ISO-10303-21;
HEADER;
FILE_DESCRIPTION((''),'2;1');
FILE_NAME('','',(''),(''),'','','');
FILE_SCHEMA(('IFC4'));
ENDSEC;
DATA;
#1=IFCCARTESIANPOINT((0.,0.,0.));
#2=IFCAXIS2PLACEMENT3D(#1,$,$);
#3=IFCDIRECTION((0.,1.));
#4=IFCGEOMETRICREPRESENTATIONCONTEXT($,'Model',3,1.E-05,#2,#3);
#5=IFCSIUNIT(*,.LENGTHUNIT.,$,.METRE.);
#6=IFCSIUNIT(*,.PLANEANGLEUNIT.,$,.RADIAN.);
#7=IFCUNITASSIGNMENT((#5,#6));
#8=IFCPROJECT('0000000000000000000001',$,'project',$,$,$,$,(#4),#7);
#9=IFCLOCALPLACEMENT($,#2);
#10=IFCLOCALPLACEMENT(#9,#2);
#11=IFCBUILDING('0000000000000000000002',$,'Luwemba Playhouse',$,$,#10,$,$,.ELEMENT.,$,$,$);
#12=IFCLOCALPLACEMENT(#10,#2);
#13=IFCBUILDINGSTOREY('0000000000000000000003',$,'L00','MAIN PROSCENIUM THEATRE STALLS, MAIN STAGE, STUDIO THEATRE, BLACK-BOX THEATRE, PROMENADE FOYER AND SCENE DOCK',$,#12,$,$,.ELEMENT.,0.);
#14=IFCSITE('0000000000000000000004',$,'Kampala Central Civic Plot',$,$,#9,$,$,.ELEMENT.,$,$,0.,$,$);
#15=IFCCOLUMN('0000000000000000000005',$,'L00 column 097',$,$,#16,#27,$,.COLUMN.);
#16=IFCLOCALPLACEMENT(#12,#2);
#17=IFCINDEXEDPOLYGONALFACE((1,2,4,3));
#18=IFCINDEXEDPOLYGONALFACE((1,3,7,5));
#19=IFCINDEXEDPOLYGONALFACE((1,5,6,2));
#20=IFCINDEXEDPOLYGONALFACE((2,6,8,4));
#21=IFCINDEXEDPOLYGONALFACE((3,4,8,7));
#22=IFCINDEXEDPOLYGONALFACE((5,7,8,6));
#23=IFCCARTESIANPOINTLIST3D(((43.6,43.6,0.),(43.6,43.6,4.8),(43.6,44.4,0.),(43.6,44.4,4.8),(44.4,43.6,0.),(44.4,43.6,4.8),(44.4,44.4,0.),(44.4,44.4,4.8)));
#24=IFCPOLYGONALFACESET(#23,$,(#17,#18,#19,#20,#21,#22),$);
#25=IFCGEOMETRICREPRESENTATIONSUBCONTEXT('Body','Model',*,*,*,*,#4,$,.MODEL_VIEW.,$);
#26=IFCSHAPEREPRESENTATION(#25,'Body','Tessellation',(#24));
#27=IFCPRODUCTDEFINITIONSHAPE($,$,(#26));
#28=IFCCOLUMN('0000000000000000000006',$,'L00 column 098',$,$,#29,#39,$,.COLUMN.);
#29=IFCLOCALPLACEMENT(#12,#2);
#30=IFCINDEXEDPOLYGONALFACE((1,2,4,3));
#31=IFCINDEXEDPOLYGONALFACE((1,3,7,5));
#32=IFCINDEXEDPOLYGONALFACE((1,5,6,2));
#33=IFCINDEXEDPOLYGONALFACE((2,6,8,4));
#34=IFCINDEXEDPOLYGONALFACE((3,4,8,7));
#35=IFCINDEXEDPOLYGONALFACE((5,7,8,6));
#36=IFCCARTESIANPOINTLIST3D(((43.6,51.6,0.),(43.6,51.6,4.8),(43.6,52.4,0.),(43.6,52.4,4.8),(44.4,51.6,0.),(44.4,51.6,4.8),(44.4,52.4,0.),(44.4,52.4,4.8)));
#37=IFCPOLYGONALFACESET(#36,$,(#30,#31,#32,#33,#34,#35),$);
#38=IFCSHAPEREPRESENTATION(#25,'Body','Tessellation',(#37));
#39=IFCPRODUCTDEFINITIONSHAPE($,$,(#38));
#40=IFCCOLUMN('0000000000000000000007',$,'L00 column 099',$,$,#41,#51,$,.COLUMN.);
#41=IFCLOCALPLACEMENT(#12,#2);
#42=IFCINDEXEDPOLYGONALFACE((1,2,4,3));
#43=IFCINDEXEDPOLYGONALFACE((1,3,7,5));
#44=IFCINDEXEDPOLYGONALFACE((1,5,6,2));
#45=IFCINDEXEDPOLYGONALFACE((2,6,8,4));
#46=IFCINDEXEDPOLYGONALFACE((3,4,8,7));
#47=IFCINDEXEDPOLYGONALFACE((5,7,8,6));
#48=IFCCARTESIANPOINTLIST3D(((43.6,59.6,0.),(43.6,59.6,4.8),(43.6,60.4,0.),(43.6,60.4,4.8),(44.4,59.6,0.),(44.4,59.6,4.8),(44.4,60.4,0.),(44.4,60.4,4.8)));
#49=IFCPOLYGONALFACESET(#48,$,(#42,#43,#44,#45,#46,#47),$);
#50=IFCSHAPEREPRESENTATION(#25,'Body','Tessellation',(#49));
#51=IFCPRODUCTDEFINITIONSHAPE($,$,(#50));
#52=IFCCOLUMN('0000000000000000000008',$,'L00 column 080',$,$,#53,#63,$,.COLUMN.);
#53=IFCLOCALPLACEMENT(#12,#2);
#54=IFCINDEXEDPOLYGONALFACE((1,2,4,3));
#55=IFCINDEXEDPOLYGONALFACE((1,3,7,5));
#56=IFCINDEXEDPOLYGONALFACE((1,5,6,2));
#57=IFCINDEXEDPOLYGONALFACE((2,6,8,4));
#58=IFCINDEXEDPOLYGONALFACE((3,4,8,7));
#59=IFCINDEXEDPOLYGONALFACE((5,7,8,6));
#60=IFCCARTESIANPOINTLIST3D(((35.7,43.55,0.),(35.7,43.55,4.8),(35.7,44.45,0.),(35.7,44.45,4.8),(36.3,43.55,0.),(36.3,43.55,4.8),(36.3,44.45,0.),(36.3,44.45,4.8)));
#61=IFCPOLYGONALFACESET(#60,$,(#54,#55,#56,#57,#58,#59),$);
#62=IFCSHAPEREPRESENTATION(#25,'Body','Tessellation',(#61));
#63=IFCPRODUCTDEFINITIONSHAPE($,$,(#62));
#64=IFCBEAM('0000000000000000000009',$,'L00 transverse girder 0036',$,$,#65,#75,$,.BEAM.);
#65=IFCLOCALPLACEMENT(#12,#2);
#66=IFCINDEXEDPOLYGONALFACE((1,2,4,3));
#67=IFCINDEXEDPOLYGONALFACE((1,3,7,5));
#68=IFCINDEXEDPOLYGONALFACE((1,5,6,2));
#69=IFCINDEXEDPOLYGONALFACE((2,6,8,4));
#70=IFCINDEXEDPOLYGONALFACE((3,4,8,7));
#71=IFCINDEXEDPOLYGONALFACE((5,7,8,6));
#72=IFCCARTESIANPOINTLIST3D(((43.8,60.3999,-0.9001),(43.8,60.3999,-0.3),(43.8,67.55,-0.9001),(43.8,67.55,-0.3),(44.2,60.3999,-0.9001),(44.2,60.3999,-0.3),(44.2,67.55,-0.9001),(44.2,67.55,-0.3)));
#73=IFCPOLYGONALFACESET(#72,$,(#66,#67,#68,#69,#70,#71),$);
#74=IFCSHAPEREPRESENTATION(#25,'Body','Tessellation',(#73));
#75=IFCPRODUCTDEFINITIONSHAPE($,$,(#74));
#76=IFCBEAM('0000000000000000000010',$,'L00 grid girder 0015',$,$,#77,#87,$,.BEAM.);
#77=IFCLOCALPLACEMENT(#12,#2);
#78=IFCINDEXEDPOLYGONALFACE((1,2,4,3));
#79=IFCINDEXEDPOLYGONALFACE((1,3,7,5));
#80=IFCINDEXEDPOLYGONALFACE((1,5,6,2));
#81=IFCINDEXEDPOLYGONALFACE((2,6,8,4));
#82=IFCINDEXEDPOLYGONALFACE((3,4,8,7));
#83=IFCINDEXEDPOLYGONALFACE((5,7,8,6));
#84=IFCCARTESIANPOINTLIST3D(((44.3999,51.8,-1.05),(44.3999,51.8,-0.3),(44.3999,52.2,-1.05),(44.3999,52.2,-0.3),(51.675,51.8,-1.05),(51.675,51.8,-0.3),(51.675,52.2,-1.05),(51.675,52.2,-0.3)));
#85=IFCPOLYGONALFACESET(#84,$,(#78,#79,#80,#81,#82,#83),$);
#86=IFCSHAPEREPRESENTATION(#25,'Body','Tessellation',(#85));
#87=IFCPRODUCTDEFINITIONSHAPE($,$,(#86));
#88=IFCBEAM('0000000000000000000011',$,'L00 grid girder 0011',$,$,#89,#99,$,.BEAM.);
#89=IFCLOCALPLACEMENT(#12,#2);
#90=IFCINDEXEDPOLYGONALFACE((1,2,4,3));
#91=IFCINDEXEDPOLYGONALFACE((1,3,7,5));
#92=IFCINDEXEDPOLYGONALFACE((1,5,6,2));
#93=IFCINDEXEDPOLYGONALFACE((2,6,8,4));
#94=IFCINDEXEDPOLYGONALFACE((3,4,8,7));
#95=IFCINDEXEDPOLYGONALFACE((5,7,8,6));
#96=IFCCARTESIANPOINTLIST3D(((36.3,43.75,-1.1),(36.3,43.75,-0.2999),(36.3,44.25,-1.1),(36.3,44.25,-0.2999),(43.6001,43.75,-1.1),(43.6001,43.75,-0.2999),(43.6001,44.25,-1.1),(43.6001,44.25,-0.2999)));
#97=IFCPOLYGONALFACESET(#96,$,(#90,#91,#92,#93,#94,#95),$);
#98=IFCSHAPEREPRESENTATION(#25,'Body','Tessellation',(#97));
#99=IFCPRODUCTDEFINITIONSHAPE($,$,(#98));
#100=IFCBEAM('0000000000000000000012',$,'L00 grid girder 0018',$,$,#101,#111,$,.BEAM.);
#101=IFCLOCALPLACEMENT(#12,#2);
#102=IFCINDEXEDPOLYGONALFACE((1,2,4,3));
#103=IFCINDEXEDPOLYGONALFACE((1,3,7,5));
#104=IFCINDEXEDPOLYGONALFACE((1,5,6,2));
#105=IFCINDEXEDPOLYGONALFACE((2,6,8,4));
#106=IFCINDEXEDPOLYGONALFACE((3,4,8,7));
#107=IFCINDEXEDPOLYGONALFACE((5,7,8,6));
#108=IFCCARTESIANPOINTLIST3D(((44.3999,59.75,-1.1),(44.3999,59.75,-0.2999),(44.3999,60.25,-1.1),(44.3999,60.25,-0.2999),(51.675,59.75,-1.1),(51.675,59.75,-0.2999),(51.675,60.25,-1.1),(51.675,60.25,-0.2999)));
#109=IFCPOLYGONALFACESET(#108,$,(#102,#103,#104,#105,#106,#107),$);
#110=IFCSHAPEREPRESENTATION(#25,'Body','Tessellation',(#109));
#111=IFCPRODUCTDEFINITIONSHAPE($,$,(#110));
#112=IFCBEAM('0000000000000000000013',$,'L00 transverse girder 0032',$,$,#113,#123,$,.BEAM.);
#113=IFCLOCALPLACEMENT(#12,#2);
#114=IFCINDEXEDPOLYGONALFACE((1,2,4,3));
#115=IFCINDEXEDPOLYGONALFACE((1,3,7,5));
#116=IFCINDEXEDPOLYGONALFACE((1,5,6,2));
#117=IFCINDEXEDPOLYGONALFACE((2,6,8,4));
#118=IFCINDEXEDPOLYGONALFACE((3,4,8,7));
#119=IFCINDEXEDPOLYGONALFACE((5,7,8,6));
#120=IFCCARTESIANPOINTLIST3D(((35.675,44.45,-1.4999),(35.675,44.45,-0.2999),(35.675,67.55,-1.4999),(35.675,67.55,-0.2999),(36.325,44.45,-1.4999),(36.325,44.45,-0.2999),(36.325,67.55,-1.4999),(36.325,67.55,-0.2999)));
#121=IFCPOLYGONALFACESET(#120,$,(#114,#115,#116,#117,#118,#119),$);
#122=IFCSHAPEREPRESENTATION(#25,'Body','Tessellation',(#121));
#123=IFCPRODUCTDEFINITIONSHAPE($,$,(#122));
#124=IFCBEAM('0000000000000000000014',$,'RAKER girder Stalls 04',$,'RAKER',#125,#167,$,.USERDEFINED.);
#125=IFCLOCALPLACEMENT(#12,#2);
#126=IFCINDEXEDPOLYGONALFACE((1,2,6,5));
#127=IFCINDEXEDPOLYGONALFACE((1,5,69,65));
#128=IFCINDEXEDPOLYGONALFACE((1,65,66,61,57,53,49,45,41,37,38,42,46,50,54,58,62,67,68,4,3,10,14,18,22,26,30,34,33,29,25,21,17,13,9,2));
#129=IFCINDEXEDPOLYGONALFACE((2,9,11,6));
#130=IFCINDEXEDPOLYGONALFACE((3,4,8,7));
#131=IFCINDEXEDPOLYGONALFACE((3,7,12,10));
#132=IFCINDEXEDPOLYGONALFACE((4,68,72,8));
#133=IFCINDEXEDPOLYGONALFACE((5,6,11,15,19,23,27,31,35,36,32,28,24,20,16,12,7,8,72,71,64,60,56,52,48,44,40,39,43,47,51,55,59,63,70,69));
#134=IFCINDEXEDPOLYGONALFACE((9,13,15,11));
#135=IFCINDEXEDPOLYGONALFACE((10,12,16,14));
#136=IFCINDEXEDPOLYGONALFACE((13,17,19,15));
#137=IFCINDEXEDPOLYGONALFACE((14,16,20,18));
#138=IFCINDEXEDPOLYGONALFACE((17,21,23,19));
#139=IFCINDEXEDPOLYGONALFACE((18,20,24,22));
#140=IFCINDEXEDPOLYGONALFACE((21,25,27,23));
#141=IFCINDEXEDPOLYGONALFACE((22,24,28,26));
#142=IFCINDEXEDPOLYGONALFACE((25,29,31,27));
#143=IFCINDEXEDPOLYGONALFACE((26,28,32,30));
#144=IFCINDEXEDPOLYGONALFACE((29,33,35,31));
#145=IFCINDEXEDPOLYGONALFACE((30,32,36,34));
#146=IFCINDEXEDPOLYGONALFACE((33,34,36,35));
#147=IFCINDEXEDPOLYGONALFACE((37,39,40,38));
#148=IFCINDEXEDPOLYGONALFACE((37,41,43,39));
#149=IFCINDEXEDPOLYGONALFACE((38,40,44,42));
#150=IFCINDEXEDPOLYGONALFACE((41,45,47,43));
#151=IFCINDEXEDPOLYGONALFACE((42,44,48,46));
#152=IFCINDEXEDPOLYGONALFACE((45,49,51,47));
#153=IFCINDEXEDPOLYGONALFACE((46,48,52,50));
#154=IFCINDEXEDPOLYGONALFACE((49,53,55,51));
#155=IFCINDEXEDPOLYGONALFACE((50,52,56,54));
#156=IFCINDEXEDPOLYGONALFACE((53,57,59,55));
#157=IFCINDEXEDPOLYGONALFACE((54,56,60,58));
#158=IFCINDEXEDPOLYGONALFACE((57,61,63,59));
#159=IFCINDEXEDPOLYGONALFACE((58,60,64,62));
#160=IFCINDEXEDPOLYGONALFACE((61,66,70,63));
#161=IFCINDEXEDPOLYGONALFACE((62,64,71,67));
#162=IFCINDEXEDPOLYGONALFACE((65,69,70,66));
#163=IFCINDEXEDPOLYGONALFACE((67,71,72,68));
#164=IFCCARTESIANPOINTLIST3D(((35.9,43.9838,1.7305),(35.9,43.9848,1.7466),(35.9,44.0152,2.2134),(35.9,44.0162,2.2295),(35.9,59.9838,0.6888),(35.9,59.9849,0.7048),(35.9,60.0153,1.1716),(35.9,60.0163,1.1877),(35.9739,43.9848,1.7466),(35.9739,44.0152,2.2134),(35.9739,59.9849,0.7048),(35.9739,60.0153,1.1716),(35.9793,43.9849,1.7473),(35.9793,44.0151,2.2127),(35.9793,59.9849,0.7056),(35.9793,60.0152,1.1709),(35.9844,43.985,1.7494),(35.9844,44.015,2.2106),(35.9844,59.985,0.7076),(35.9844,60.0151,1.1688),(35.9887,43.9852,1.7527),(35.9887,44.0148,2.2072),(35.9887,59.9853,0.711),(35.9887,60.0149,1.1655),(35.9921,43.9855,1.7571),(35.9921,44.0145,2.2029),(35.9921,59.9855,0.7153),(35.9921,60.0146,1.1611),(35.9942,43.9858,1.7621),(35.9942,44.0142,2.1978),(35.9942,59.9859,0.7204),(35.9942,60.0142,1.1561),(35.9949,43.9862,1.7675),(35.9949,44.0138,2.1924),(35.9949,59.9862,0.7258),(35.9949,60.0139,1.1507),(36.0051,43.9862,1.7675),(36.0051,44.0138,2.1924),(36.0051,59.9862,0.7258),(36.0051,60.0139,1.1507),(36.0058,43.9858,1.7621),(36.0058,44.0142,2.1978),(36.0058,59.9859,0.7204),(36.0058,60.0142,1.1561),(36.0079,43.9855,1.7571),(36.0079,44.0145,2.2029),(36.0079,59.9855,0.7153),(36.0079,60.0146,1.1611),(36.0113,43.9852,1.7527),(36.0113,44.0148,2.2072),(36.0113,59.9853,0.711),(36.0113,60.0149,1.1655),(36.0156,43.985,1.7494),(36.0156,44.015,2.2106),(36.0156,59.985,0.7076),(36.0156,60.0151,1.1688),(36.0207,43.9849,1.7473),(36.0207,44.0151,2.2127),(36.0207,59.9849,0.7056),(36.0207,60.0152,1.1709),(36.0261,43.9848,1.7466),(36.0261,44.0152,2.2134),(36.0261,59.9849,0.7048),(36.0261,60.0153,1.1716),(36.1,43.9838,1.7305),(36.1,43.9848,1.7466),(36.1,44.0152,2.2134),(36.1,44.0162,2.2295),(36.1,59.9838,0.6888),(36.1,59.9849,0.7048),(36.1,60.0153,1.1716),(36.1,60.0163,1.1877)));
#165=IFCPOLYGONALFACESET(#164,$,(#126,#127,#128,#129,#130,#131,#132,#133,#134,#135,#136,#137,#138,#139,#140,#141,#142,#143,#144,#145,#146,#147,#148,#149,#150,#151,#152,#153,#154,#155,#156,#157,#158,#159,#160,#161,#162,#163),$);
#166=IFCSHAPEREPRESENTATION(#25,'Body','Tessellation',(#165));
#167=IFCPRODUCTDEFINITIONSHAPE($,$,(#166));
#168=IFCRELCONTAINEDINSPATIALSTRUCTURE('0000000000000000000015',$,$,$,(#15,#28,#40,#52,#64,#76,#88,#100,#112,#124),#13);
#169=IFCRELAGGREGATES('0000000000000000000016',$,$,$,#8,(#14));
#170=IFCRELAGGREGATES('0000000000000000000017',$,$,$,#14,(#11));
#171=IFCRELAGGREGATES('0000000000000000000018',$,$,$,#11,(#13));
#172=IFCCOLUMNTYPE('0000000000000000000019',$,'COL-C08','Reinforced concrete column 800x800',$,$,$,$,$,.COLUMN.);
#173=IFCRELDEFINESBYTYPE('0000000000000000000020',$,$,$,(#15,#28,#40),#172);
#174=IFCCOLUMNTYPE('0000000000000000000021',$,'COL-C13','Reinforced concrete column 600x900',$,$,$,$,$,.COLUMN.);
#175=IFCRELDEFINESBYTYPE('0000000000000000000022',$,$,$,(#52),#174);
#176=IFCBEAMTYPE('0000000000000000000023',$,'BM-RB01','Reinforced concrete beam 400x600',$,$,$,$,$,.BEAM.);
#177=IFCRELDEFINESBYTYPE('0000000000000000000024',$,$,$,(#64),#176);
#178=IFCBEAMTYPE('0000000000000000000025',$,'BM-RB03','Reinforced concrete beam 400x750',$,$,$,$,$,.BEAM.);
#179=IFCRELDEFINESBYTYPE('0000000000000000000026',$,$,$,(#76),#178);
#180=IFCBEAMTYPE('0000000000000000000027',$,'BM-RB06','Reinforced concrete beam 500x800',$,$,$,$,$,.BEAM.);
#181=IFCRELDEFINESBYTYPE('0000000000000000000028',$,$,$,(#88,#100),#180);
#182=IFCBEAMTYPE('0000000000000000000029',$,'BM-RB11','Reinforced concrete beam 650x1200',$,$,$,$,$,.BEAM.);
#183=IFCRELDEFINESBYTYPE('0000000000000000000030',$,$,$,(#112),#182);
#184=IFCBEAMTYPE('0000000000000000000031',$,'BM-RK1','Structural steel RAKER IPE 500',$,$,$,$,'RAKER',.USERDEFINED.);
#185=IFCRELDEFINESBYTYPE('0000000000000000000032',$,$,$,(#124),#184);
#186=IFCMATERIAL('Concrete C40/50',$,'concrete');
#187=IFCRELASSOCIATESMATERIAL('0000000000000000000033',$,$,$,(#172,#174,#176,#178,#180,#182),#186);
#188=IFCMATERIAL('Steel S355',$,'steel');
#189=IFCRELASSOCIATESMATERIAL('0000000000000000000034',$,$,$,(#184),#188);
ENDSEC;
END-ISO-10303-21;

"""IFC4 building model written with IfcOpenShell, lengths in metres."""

from ifc_helpers import new_model, si_unit, direction, frame, origin, origin_2d, place, context, subcontext, project, spatial, rectangle, i_section, extrude, material, material_profile, profile_set, type_object, element, save


model = new_model("IFC4")

# Units and contexts
model_context = context("Model", 3, precision=1e-05, world=origin(), true_north=direction((0.0, 1.0)))
body_context = subcontext(model_context, "Body", "Model", "MODEL_VIEW")
ifc_project = project(units=[si_unit("LENGTHUNIT", "METRE"), si_unit("PLANEANGLEUNIT", "RADIAN")], contexts=[model_context])

# Site, building, storey
site_placement = place(None, origin())
site = spatial("IfcSite", under=ifc_project, at=site_placement, Name="Kampala Central Civic Plot", CompositionType="ELEMENT", RefElevation=0.0)
building_placement = place(site_placement, origin())
building = spatial("IfcBuilding", under=site, at=building_placement, Name="Luwemba Playhouse", CompositionType="ELEMENT")
storey_placement = place(building_placement, origin())
storey = spatial("IfcBuildingStorey", under=building, at=storey_placement, Name="L00", Description="MAIN PROSCENIUM THEATRE STALLS, MAIN STAGE, STUDIO THEATRE, BLACK-BOX THEATRE, PROMENADE FOYER AND SCENE DOCK", CompositionType="ELEMENT", Elevation=0.0)

# Columns
ifc_material_1 = material(Name="Concrete C40/50", Category="concrete")
ifc_material_profile_1 = material_profile(ifc_material_1, rectangle(XDim=0.8, YDim=0.8, at=origin_2d()))
ifc_profile_set_1 = profile_set([ifc_material_profile_1], Name="Concrete C40/50")
column_type_1 = type_object("IfcColumnType", Name="COL-C08", Description="Reinforced concrete column 800x800", PredefinedType="COLUMN", material=ifc_profile_set_1)
for number, where, z_axis, x_axis, name in (
    (1, (44.0, 44.0, 0.0), (0.0, 0.0, 1.0), (1.0, 0.0, 0.0), "L00 column 097"),
    (2, (44.0, 52.0, 0.0), (0.0, 0.0, 1.0), (1.0, 0.0, 0.0), "L00 column 098"),
    (3, (44.0, 60.0, 0.0), (0.0, 0.0, 1.0), (1.0, 0.0, 0.0), "L00 column 099"),
):
    element("IfcColumn", number, at=place(storey_placement, frame(where, z_axis=z_axis, x_axis=x_axis)), inside=storey, type_object=column_type_1, Name=name, PredefinedType="COLUMN", context=body_context, shape_type="SweptSolid", body=[
        extrude(rectangle(XDim=0.8, YDim=0.8, at=origin_2d()), origin(), (0.0, 0.0, 1.0), 4.8),
    ])
ifc_material_profile_2 = material_profile(ifc_material_1, rectangle(XDim=0.6001, YDim=0.8999, at=origin_2d()))
ifc_profile_set_2 = profile_set([ifc_material_profile_2], Name="Concrete C40/50")
column_type_2 = type_object("IfcColumnType", Name="COL-C13", Description="Reinforced concrete column 600x900", PredefinedType="COLUMN", material=ifc_profile_set_2)
column_placement = place(storey_placement, frame((36.0, 44.0, 0.0), z_axis=(0.0, 0.0, 1.0), x_axis=(1.0, 0.0, 0.0)))
element("IfcColumn", 4, at=column_placement, inside=storey, type_object=column_type_2, Name="L00 column 080", PredefinedType="COLUMN", context=body_context, shape_type="SweptSolid", body=[
    extrude(rectangle(XDim=0.6001, YDim=0.8999, at=origin_2d()), origin(), (0.0, 0.0, 1.0), 4.8),
])

# Beams
ifc_material_profile_3 = material_profile(ifc_material_1, rectangle(XDim=0.3999, YDim=0.6001, at=origin_2d()))
ifc_profile_set_3 = profile_set([ifc_material_profile_3], Name="Concrete C40/50")
beam_type_1 = type_object("IfcBeamType", Name="BM-RB01", Description="Reinforced concrete beam 400x600", PredefinedType="BEAM", material=ifc_profile_set_3)
beam_1_placement = place(storey_placement, frame((44.0, 60.3999, -0.6001), z_axis=(0.0, 1.0, 0.0), x_axis=(-1.0, 0.0, 0.0)))
element("IfcBeam", 5, at=beam_1_placement, inside=storey, type_object=beam_type_1, Name="L00 transverse girder 0036", PredefinedType="BEAM", context=body_context, shape_type="SweptSolid", body=[
    extrude(rectangle(XDim=0.3999, YDim=0.6001, at=origin_2d()), origin(), (0.0, 0.0, 1.0), 7.1501),
])
ifc_material_profile_4 = material_profile(ifc_material_1, rectangle(XDim=0.3999, YDim=0.75, at=origin_2d()))
ifc_profile_set_4 = profile_set([ifc_material_profile_4], Name="Concrete C40/50")
beam_type_2 = type_object("IfcBeamType", Name="BM-RB03", Description="Reinforced concrete beam 400x750", PredefinedType="BEAM", material=ifc_profile_set_4)
beam_2_placement = place(storey_placement, frame((44.3999, 52.0, -0.675), z_axis=(1.0, 0.0, 0.0), x_axis=(0.0, 1.0, 0.0)))
element("IfcBeam", 6, at=beam_2_placement, inside=storey, type_object=beam_type_2, Name="L00 grid girder 0015", PredefinedType="BEAM", context=body_context, shape_type="SweptSolid", body=[
    extrude(rectangle(XDim=0.3999, YDim=0.75, at=origin_2d()), origin(), (0.0, 0.0, 1.0), 7.2751),
])
ifc_material_profile_5 = material_profile(ifc_material_1, rectangle(XDim=0.5, YDim=0.8, at=origin_2d()))
ifc_profile_set_5 = profile_set([ifc_material_profile_5], Name="Concrete C40/50")
beam_type_3 = type_object("IfcBeamType", Name="BM-RB06", Description="Reinforced concrete beam 500x800", PredefinedType="BEAM", material=ifc_profile_set_5)
beam_3_placement = place(storey_placement, frame((36.3, 44.0, -0.7), z_axis=(1.0, 0.0, 0.0), x_axis=(0.0, 1.0, 0.0)))
element("IfcBeam", 7, at=beam_3_placement, inside=storey, type_object=beam_type_3, Name="L00 grid girder 0011", PredefinedType="BEAM", context=body_context, shape_type="SweptSolid", body=[
    extrude(rectangle(XDim=0.5, YDim=0.8, at=origin_2d()), origin(), (0.0, 0.0, 1.0), 7.3),
])
beam_4_placement = place(storey_placement, frame((44.3999, 60.0, -0.7), z_axis=(1.0, 0.0, 0.0), x_axis=(0.0, 1.0, 0.0)))
element("IfcBeam", 8, at=beam_4_placement, inside=storey, type_object=beam_type_3, Name="L00 grid girder 0018", PredefinedType="BEAM", context=body_context, shape_type="SweptSolid", body=[
    extrude(rectangle(XDim=0.5, YDim=0.8, at=origin_2d()), origin(), (0.0, 0.0, 1.0), 7.2751),
])
ifc_material_profile_6 = material_profile(ifc_material_1, rectangle(XDim=0.6499, YDim=1.2, at=origin_2d()))
ifc_profile_set_6 = profile_set([ifc_material_profile_6], Name="Concrete C40/50")
beam_type_4 = type_object("IfcBeamType", Name="BM-RB11", Description="Reinforced concrete beam 650x1200", PredefinedType="BEAM", material=ifc_profile_set_6)
beam_5_placement = place(storey_placement, frame((36.0, 44.45, -0.8999), z_axis=(0.0, 1.0, 0.0), x_axis=(-1.0, 0.0, 0.0)))
element("IfcBeam", 9, at=beam_5_placement, inside=storey, type_object=beam_type_4, Name="L00 transverse girder 0032", PredefinedType="BEAM", context=body_context, shape_type="SweptSolid", body=[
    extrude(rectangle(XDim=0.6499, YDim=1.2, at=origin_2d()), origin(), (0.0, 0.0, 1.0), 23.1001),
])
ifc_material_2 = material(Name="Steel S355", Category="steel")
ifc_material_profile_7 = material_profile(ifc_material_2, i_section(OverallWidth=0.2, OverallDepth=0.5, WebThickness=0.0103, FlangeThickness=0.0161, FilletRadius=0.021, at=origin_2d()))
ifc_profile_set_7 = profile_set([ifc_material_profile_7], Name="Steel S355")
beam_type_5 = type_object("IfcBeamType", Name="BM-RK1", Description="Structural steel RAKER IPE 500", ElementType="RAKER", PredefinedType="USERDEFINED", material=ifc_profile_set_7)
for number, where, z_axis, x_axis, name in (
    (10, (36.0, 44.0, 1.98), (0.0, 0.997887, -0.064972), (-1.0, 0.0, 0.0), "RAKER girder Stalls 04"),
):
    element("IfcBeam", number, at=place(storey_placement, frame(where, z_axis=z_axis, x_axis=x_axis)), inside=storey, type_object=beam_type_5, Name=name, ObjectType="RAKER", PredefinedType="USERDEFINED", context=body_context, shape_type="SweptSolid", body=[
        extrude(i_section(OverallWidth=0.2, OverallDepth=0.5, WebThickness=0.0103, FlangeThickness=0.0161, FilletRadius=0.021, at=origin_2d()), origin(), (0.0, 0.0, 1.0), 16.0339),
    ])

save(model, "model.ifc")
